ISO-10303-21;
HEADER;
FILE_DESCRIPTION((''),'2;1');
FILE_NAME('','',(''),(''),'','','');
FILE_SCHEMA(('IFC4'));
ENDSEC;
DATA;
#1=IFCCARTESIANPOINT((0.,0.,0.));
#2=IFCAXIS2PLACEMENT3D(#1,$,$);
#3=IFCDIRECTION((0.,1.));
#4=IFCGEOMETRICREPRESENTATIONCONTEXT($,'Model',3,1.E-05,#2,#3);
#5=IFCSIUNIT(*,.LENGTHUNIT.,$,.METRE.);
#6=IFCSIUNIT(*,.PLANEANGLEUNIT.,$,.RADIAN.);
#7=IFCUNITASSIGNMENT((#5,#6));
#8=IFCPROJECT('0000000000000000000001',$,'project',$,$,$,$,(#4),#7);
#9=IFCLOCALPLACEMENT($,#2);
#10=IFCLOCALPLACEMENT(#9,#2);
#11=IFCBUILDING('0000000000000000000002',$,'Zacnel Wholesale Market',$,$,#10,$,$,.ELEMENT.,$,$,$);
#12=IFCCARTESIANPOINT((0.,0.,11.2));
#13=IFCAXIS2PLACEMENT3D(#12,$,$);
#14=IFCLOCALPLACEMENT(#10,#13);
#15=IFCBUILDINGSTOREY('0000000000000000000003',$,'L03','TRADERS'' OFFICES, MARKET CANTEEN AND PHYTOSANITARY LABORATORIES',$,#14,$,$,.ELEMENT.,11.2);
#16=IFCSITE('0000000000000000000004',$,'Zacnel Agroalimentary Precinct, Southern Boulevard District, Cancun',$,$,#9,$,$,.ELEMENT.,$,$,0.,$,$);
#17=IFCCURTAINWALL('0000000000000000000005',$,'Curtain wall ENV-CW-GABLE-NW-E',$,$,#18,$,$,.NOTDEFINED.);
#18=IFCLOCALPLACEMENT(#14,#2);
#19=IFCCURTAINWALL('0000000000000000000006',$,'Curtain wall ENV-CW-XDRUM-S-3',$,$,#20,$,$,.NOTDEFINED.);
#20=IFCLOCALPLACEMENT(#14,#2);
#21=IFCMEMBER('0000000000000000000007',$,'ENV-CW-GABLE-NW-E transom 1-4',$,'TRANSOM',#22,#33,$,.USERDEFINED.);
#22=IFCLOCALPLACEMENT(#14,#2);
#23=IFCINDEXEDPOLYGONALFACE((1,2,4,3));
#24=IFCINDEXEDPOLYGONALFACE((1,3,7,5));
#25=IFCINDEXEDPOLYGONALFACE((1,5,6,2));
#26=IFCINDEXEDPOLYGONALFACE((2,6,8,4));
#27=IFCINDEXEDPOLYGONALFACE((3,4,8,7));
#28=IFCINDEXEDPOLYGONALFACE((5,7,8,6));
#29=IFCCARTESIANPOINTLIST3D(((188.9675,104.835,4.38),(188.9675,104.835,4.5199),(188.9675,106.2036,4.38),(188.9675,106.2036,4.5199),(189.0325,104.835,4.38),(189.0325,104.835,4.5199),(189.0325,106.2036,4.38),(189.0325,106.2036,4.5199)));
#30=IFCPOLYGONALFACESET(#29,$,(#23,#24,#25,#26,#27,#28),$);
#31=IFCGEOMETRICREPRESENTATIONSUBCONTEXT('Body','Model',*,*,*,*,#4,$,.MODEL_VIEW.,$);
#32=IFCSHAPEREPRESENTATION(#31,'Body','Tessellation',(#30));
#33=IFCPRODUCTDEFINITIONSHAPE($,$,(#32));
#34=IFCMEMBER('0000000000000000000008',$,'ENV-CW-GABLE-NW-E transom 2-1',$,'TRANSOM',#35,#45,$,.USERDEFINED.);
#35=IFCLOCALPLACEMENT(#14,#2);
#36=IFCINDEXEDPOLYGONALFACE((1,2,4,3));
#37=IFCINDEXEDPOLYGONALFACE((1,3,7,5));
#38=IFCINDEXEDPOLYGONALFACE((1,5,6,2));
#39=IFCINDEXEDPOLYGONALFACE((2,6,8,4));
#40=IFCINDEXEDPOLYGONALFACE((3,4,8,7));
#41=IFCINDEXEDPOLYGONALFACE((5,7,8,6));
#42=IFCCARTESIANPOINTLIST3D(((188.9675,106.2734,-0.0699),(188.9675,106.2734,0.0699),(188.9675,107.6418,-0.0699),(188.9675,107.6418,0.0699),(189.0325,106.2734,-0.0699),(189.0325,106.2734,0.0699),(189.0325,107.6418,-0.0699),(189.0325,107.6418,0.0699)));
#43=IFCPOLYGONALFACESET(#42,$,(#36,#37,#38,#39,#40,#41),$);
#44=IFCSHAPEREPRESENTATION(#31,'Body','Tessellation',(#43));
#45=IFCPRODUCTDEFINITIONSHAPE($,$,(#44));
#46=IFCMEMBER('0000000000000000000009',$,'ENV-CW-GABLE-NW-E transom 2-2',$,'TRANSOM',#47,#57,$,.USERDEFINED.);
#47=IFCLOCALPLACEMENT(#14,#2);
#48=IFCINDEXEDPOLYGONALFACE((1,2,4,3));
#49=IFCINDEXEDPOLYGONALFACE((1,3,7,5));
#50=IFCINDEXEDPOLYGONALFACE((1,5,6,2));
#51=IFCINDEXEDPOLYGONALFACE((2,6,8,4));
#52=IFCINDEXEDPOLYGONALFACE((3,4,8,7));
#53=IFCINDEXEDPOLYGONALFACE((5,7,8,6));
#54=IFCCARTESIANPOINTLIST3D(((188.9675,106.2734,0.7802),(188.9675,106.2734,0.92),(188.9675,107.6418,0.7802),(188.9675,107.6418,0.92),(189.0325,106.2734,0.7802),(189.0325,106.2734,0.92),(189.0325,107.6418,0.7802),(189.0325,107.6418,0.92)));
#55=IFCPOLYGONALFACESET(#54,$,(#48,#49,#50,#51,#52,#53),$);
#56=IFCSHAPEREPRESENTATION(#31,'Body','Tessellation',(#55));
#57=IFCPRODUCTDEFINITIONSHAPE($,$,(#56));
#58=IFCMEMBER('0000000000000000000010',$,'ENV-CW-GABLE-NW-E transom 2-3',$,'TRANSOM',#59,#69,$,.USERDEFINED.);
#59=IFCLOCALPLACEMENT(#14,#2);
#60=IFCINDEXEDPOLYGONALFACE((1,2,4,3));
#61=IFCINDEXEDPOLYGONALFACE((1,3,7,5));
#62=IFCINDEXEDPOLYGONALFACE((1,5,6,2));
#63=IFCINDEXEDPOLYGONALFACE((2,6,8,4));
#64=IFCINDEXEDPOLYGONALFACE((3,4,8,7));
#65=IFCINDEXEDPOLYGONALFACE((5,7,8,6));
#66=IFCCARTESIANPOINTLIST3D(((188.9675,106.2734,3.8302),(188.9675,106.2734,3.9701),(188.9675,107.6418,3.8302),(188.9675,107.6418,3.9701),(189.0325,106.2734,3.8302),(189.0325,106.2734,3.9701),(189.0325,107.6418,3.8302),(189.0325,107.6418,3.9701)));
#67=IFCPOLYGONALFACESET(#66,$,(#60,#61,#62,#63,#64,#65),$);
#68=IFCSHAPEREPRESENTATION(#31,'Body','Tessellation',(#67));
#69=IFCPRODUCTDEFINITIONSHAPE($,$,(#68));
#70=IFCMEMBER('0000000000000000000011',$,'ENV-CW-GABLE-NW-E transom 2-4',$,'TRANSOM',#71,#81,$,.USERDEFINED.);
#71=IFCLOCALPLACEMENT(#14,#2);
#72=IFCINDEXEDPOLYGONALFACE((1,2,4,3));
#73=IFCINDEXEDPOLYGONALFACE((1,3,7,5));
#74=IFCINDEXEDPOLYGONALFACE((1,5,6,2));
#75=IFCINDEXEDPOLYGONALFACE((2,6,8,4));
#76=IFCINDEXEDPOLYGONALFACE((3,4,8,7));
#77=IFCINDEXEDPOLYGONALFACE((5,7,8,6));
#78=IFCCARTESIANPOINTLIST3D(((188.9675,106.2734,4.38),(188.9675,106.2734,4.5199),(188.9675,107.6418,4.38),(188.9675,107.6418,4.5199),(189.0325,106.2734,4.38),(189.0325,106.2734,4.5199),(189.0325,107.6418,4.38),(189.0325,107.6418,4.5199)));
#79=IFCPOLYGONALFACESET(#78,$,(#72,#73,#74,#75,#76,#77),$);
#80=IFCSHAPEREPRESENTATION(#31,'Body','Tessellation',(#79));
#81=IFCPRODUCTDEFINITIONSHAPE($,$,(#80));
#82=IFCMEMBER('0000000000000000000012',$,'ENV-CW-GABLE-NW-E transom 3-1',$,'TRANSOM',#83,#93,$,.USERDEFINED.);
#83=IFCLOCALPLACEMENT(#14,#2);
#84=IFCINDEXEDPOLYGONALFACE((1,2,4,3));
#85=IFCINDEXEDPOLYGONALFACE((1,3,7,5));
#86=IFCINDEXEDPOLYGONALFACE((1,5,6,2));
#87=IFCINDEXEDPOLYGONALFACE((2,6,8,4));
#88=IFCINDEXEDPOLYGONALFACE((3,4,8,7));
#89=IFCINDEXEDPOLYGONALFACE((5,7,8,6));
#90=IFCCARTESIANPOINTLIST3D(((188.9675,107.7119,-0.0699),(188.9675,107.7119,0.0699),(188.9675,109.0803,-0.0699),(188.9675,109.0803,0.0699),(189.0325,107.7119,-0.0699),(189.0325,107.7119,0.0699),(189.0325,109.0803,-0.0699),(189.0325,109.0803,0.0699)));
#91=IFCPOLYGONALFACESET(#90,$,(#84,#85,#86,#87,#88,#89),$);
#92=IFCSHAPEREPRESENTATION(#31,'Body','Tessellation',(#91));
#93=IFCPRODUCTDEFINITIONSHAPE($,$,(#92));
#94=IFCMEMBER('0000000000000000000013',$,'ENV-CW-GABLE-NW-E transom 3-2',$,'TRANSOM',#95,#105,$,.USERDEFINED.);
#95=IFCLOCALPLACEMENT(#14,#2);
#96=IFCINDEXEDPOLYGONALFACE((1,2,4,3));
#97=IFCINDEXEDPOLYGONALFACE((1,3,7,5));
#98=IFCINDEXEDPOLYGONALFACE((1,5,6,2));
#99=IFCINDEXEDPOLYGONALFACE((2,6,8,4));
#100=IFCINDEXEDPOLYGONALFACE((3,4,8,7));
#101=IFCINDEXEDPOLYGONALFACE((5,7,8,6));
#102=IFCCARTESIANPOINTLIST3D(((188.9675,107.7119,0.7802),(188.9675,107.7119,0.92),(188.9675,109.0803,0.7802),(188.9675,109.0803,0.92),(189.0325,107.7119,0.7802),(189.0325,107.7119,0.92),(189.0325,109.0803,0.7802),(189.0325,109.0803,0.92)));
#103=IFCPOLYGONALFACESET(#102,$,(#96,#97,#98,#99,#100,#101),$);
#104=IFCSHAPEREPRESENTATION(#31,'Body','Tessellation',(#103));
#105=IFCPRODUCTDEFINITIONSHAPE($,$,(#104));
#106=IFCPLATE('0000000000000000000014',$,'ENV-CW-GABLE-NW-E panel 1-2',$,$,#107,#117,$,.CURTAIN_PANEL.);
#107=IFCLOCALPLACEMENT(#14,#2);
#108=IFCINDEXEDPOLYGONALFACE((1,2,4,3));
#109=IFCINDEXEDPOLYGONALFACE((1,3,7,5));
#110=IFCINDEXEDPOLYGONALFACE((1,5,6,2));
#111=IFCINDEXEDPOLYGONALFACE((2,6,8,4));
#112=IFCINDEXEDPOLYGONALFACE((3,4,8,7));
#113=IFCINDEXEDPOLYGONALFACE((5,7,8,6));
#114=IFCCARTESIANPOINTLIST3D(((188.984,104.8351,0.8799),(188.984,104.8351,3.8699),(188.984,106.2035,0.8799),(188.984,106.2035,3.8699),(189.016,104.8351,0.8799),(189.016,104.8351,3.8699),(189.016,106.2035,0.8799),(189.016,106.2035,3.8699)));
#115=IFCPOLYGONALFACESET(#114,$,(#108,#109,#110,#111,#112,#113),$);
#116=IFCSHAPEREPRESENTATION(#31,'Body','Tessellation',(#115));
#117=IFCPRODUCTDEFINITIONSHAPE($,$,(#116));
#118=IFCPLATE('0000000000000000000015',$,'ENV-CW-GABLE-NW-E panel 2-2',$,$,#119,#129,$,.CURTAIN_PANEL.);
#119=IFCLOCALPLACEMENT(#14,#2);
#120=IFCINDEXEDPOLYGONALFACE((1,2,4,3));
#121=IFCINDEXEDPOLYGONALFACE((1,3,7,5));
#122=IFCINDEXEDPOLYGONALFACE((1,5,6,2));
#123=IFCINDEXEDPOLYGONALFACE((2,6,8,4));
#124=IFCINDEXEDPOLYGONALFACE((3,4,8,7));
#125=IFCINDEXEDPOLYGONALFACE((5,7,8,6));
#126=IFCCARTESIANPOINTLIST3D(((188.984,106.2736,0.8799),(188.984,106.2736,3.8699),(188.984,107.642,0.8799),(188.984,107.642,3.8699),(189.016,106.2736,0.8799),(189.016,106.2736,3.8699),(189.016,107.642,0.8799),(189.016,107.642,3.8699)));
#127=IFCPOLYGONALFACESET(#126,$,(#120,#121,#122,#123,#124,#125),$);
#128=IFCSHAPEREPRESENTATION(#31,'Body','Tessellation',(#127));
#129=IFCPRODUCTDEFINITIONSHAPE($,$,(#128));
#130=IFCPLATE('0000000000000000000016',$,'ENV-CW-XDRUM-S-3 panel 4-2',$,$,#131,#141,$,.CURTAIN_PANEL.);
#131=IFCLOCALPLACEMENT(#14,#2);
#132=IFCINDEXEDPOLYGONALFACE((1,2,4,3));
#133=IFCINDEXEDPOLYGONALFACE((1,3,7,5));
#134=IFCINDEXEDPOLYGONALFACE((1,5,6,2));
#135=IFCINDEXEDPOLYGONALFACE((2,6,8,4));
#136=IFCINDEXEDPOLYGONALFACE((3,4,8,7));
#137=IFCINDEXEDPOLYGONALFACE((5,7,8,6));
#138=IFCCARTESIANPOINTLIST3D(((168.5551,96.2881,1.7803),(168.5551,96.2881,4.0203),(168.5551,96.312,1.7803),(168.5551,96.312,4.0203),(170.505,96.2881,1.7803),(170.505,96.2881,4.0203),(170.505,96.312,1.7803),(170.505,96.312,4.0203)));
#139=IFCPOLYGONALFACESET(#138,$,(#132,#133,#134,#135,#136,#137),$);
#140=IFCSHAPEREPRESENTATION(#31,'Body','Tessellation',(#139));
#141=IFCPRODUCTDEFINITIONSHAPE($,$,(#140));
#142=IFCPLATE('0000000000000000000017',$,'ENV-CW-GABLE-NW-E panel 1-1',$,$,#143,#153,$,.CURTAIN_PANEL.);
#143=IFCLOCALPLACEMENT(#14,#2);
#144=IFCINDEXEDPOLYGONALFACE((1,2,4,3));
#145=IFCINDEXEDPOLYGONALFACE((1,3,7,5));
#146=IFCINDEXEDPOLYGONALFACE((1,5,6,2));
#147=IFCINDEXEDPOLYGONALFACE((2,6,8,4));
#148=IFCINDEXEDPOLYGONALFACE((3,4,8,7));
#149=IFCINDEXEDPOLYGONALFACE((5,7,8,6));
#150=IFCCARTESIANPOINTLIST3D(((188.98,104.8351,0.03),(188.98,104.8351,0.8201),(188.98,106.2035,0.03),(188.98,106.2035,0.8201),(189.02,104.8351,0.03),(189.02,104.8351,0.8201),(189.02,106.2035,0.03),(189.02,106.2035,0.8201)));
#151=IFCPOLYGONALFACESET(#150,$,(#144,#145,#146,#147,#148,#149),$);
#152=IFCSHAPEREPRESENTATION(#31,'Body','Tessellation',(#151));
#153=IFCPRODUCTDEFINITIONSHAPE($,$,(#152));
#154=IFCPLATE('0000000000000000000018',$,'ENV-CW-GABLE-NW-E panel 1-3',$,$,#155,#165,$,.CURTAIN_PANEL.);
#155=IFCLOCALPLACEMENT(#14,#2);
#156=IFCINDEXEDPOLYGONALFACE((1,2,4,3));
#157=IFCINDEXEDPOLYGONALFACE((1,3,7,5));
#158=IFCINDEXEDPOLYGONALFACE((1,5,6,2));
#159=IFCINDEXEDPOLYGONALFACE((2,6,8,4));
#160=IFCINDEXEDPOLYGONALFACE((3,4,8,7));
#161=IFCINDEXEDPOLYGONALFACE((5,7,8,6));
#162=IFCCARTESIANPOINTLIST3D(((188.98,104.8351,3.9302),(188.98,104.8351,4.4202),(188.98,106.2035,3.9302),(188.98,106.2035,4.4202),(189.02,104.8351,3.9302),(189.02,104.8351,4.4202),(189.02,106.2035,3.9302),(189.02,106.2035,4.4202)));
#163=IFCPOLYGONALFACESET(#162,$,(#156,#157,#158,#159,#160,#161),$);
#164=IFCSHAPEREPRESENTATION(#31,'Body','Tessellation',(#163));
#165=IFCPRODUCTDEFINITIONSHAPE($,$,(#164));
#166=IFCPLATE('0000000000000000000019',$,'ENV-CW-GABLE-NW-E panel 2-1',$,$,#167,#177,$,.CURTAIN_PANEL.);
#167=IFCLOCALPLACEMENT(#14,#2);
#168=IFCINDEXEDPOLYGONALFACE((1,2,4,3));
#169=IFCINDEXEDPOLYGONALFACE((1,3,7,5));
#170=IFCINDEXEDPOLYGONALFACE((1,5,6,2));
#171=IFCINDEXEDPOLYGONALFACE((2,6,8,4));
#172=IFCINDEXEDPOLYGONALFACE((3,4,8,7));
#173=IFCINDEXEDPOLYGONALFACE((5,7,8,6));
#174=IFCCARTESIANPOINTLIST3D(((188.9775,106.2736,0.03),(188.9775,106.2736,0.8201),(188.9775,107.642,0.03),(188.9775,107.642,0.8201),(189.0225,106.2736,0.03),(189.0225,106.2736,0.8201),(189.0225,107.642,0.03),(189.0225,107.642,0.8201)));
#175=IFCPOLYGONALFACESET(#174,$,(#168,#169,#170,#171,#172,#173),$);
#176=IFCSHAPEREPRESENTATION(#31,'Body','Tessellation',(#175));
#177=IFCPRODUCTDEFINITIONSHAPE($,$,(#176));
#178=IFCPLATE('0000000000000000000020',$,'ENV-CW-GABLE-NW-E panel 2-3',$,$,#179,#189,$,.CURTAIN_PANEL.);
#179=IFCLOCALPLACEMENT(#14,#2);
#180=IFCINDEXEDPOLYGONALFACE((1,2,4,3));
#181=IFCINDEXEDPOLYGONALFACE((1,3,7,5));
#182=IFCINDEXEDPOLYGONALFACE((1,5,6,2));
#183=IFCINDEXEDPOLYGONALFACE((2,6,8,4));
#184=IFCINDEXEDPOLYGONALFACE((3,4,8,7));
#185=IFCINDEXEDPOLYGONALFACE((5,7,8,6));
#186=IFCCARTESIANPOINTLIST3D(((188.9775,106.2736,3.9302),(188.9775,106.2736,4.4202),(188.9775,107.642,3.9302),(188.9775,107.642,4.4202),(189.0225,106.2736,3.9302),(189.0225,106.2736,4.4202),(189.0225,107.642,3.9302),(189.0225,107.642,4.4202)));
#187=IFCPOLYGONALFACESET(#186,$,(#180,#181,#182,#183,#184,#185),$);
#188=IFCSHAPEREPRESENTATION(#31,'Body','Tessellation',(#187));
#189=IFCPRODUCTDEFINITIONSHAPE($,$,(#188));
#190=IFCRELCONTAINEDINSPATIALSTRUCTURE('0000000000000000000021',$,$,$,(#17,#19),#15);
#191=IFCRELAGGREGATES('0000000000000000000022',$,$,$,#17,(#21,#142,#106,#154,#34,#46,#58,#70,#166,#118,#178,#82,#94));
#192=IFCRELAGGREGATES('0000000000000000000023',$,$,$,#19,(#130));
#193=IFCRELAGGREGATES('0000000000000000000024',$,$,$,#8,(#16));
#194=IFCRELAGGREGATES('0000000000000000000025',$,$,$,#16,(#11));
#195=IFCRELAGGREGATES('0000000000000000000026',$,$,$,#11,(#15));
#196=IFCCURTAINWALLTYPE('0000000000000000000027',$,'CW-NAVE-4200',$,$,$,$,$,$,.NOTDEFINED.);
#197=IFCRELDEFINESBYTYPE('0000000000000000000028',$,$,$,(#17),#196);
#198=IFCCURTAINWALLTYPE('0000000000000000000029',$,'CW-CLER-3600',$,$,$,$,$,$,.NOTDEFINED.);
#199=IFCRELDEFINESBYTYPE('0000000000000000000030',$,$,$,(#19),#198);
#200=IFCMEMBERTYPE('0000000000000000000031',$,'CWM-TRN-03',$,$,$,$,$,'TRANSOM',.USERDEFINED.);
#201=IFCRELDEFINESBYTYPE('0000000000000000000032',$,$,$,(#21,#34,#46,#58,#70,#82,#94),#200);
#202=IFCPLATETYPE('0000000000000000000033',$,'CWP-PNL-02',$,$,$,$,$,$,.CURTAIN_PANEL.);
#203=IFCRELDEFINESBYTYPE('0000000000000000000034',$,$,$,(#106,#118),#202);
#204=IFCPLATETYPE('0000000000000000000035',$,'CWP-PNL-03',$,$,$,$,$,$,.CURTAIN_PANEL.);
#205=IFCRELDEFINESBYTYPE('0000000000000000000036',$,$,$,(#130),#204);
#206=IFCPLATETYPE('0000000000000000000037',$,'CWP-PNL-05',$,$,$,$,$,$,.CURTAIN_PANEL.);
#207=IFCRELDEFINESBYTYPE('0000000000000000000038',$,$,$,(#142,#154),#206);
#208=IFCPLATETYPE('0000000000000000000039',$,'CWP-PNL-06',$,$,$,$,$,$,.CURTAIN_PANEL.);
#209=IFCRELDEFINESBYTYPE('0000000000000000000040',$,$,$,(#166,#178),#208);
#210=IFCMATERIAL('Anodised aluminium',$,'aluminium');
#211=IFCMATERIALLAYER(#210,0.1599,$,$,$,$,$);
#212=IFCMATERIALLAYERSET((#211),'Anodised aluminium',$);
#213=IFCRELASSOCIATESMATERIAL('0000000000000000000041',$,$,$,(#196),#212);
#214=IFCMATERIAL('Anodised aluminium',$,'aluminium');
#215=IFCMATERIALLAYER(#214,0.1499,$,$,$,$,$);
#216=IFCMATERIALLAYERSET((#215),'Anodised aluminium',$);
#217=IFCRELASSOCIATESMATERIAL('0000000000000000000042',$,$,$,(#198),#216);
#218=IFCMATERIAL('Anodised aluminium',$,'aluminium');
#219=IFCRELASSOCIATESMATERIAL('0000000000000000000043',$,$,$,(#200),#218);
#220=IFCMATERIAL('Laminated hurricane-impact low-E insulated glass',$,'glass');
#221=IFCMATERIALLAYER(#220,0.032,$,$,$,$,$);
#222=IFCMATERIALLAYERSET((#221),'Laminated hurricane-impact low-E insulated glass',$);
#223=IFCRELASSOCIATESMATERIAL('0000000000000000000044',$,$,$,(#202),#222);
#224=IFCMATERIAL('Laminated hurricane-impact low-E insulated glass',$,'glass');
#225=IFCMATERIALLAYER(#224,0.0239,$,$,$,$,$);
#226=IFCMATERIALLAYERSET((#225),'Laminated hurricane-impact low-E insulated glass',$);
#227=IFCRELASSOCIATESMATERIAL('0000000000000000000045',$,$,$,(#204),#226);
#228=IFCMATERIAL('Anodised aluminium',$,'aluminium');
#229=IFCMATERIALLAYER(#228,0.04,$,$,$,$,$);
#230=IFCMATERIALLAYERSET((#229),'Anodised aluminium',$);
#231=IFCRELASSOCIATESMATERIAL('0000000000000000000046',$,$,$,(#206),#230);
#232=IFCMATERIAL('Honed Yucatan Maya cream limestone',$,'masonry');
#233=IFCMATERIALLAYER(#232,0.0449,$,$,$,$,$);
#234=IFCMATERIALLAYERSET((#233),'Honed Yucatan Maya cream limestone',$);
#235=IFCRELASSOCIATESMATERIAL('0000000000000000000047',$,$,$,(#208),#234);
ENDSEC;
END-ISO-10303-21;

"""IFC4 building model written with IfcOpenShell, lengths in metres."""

from ifc_helpers import new_model, si_unit, direction, frame, origin, origin_2d, place, context, subcontext, project, spatial, rectangle, extrude, material, layer, layer_set, material_profile, profile_set, type_object, element, aggregate, save


model = new_model("IFC4")

# Units and contexts
model_context = context("Model", 3, precision=1e-05, world=origin(), true_north=direction((0.0, 1.0)))
body_context = subcontext(model_context, "Body", "Model", "MODEL_VIEW")
ifc_project = project(units=[si_unit("LENGTHUNIT", "METRE"), si_unit("PLANEANGLEUNIT", "RADIAN")], contexts=[model_context])

# Site, building, storey
site_placement = place(None, origin())
site = spatial("IfcSite", under=ifc_project, at=site_placement, Name="Zacnel Agroalimentary Precinct, Southern Boulevard District, Cancun", CompositionType="ELEMENT", RefElevation=0.0)
building_placement = place(site_placement, origin())
building = spatial("IfcBuilding", under=site, at=building_placement, Name="Zacnel Wholesale Market", CompositionType="ELEMENT")
storey_placement = place(building_placement, frame((0.0, 0.0, 11.2)))
storey = spatial("IfcBuildingStorey", under=building, at=storey_placement, Name="L03", Description="TRADERS' OFFICES, MARKET CANTEEN AND PHYTOSANITARY LABORATORIES", CompositionType="ELEMENT", Elevation=11.2)

# Curtain wall
ifc_material_1 = material(Name="Anodised aluminium", Category="aluminium")
ifc_layer_1 = layer(ifc_material_1, 0.1599)
ifc_layer_set_1 = layer_set([ifc_layer_1], Name="Anodised aluminium")
curtain_wall_type_1 = type_object("IfcCurtainWallType", Name="CW-NAVE-4200", PredefinedType="NOTDEFINED", material=ifc_layer_set_1)
curtain_wall_1_placement = place(storey_placement, origin())
curtain_wall_1 = element("IfcCurtainWall", 1, at=curtain_wall_1_placement, inside=storey, type_object=curtain_wall_type_1, Name="Curtain wall ENV-CW-GABLE-NW-E", PredefinedType="NOTDEFINED")

# Curtain wall
ifc_material_2 = material(Name="Anodised aluminium", Category="aluminium")
ifc_layer_2 = layer(ifc_material_2, 0.1499)
ifc_layer_set_2 = layer_set([ifc_layer_2], Name="Anodised aluminium")
curtain_wall_type_2 = type_object("IfcCurtainWallType", Name="CW-CLER-3600", PredefinedType="NOTDEFINED", material=ifc_layer_set_2)
curtain_wall_2_placement = place(storey_placement, origin())
curtain_wall_2 = element("IfcCurtainWall", 2, at=curtain_wall_2_placement, inside=storey, type_object=curtain_wall_type_2, Name="Curtain wall ENV-CW-XDRUM-S-3", PredefinedType="NOTDEFINED")

# Members
ifc_material_3 = material(Name="Anodised aluminium", Category="aluminium")
ifc_material_profile_1 = material_profile(ifc_material_3, rectangle(XDim=0.0649, YDim=0.1399, at=origin_2d()), Name="AW-TRANSOM 65x140")
ifc_profile_set_1 = profile_set([ifc_material_profile_1], Name="Anodised aluminium")
member_type_1 = type_object("IfcMemberType", Name="CWM-TRN-03", ElementType="TRANSOM", PredefinedType="USERDEFINED", material=ifc_profile_set_1)
member_1_placement = place(storey_placement, frame((189.0, 104.835, 4.45), z_axis=(0.0, 1.0, 0.0), x_axis=(-1.0, 0.0, 0.0)))
member_1 = element("IfcMember", 3, at=member_1_placement, type_object=member_type_1, Name="ENV-CW-GABLE-NW-E transom 1-4", ObjectType="TRANSOM", PredefinedType="USERDEFINED", context=body_context, shape_type="SweptSolid", body=[
    extrude(rectangle(XDim=0.0649, YDim=0.1399, at=origin_2d()), origin(), (0.0, 0.0, 1.0), 1.3687),
])
member_2_placement = place(storey_placement, frame((189.0, 106.2734, 0.0), z_axis=(0.0, 1.0, 0.0), x_axis=(-1.0, 0.0, 0.0)))
member_2 = element("IfcMember", 4, at=member_2_placement, type_object=member_type_1, Name="ENV-CW-GABLE-NW-E transom 2-1", ObjectType="TRANSOM", PredefinedType="USERDEFINED", context=body_context, shape_type="SweptSolid", body=[
    extrude(rectangle(XDim=0.0649, YDim=0.1399, at=origin_2d()), origin(), (0.0, 0.0, 1.0), 1.3684),
])
member_3_placement = place(storey_placement, frame((189.0, 106.2734, 0.8501), z_axis=(0.0, 1.0, 0.0), x_axis=(-1.0, 0.0, 0.0)))
member_3 = element("IfcMember", 5, at=member_3_placement, type_object=member_type_1, Name="ENV-CW-GABLE-NW-E transom 2-2", ObjectType="TRANSOM", PredefinedType="USERDEFINED", context=body_context, shape_type="SweptSolid", body=[
    extrude(rectangle(XDim=0.0649, YDim=0.1399, at=origin_2d()), origin(), (0.0, 0.0, 1.0), 1.3684),
])
member_4_placement = place(storey_placement, frame((189.0, 106.2734, 3.9001), z_axis=(0.0, 1.0, 0.0), x_axis=(-1.0, 0.0, 0.0)))
member_4 = element("IfcMember", 6, at=member_4_placement, type_object=member_type_1, Name="ENV-CW-GABLE-NW-E transom 2-3", ObjectType="TRANSOM", PredefinedType="USERDEFINED", context=body_context, shape_type="SweptSolid", body=[
    extrude(rectangle(XDim=0.0649, YDim=0.1399, at=origin_2d()), origin(), (0.0, 0.0, 1.0), 1.3684),
])
member_5_placement = place(storey_placement, frame((189.0, 106.2734, 4.45), z_axis=(0.0, 1.0, 0.0), x_axis=(-1.0, 0.0, 0.0)))
member_5 = element("IfcMember", 7, at=member_5_placement, type_object=member_type_1, Name="ENV-CW-GABLE-NW-E transom 2-4", ObjectType="TRANSOM", PredefinedType="USERDEFINED", context=body_context, shape_type="SweptSolid", body=[
    extrude(rectangle(XDim=0.0649, YDim=0.1399, at=origin_2d()), origin(), (0.0, 0.0, 1.0), 1.3684),
])
member_6_placement = place(storey_placement, frame((189.0, 107.7119, 0.0), z_axis=(0.0, 1.0, 0.0), x_axis=(-1.0, 0.0, 0.0)))
member_6 = element("IfcMember", 8, at=member_6_placement, type_object=member_type_1, Name="ENV-CW-GABLE-NW-E transom 3-1", ObjectType="TRANSOM", PredefinedType="USERDEFINED", context=body_context, shape_type="SweptSolid", body=[
    extrude(rectangle(XDim=0.0649, YDim=0.1399, at=origin_2d()), origin(), (0.0, 0.0, 1.0), 1.3684),
])
member_7_placement = place(storey_placement, frame((189.0, 107.7119, 0.8501), z_axis=(0.0, 1.0, 0.0), x_axis=(-1.0, 0.0, 0.0)))
member_7 = element("IfcMember", 9, at=member_7_placement, type_object=member_type_1, Name="ENV-CW-GABLE-NW-E transom 3-2", ObjectType="TRANSOM", PredefinedType="USERDEFINED", context=body_context, shape_type="SweptSolid", body=[
    extrude(rectangle(XDim=0.0649, YDim=0.1399, at=origin_2d()), origin(), (0.0, 0.0, 1.0), 1.3684),
])

# Plates
ifc_material_4 = material(Name="Laminated hurricane-impact low-E insulated glass", Category="glass")
ifc_layer_3 = layer(ifc_material_4, 0.032)
ifc_layer_set_3 = layer_set([ifc_layer_3], Name="Laminated hurricane-impact low-E insulated glass")
plate_type_1 = type_object("IfcPlateType", Name="CWP-PNL-02", PredefinedType="CURTAIN_PANEL", material=ifc_layer_set_3)
plate_1_placement = place(storey_placement, frame((189.0, 105.5193, 0.8799), z_axis=(0.0, 0.0, 1.0), x_axis=(0.0, 1.0, 0.0)))
plate_1 = element("IfcPlate", 10, at=plate_1_placement, type_object=plate_type_1, Name="ENV-CW-GABLE-NW-E panel 1-2", PredefinedType="CURTAIN_PANEL", context=body_context, shape_type="SweptSolid", body=[
    extrude(rectangle(XDim=1.3684, YDim=0.032, at=origin_2d()), origin(), (0.0, 0.0, 1.0), 2.99),
])
plate_2_placement = place(storey_placement, frame((189.0, 106.9578, 0.8799), z_axis=(0.0, 0.0, 1.0), x_axis=(0.0, 1.0, 0.0)))
plate_2 = element("IfcPlate", 11, at=plate_2_placement, type_object=plate_type_1, Name="ENV-CW-GABLE-NW-E panel 2-2", PredefinedType="CURTAIN_PANEL", context=body_context, shape_type="SweptSolid", body=[
    extrude(rectangle(XDim=1.3684, YDim=0.032, at=origin_2d()), origin(), (0.0, 0.0, 1.0), 2.99),
])
ifc_material_5 = material(Name="Laminated hurricane-impact low-E insulated glass", Category="glass")
ifc_layer_4 = layer(ifc_material_5, 0.0239)
ifc_layer_set_4 = layer_set([ifc_layer_4], Name="Laminated hurricane-impact low-E insulated glass")
plate_type_2 = type_object("IfcPlateType", Name="CWP-PNL-03", PredefinedType="CURTAIN_PANEL", material=ifc_layer_set_4)
plate_3_placement = place(storey_placement, frame((169.53, 96.3, 1.7803), z_axis=(0.0, 0.0, 1.0), x_axis=(1.0, 0.0, 0.0)))
plate_3 = element("IfcPlate", 12, at=plate_3_placement, type_object=plate_type_2, Name="ENV-CW-XDRUM-S-3 panel 4-2", PredefinedType="CURTAIN_PANEL", context=body_context, shape_type="SweptSolid", body=[
    extrude(rectangle(XDim=1.95, YDim=0.0239, at=origin_2d()), origin(), (0.0, 0.0, 1.0), 2.24),
])
ifc_material_6 = material(Name="Anodised aluminium", Category="aluminium")
ifc_layer_5 = layer(ifc_material_6, 0.04)
ifc_layer_set_5 = layer_set([ifc_layer_5], Name="Anodised aluminium")
plate_type_3 = type_object("IfcPlateType", Name="CWP-PNL-05", PredefinedType="CURTAIN_PANEL", material=ifc_layer_set_5)
plate_4_placement = place(storey_placement, frame((189.0, 105.5193, 0.03), z_axis=(0.0, 0.0, 1.0), x_axis=(0.0, 1.0, 0.0)))
plate_4 = element("IfcPlate", 13, at=plate_4_placement, type_object=plate_type_3, Name="ENV-CW-GABLE-NW-E panel 1-1", PredefinedType="CURTAIN_PANEL", context=body_context, shape_type="SweptSolid", body=[
    extrude(rectangle(XDim=1.3684, YDim=0.04, at=origin_2d()), origin(), (0.0, 0.0, 1.0), 0.79),
])
plate_5_placement = place(storey_placement, frame((189.0, 105.5193, 3.9302), z_axis=(0.0, 0.0, 1.0), x_axis=(0.0, 1.0, 0.0)))
plate_5 = element("IfcPlate", 14, at=plate_5_placement, type_object=plate_type_3, Name="ENV-CW-GABLE-NW-E panel 1-3", PredefinedType="CURTAIN_PANEL", context=body_context, shape_type="SweptSolid", body=[
    extrude(rectangle(XDim=1.3684, YDim=0.04, at=origin_2d()), origin(), (0.0, 0.0, 1.0), 0.49),
])
ifc_material_7 = material(Name="Honed Yucatan Maya cream limestone", Category="masonry")
ifc_layer_6 = layer(ifc_material_7, 0.0449)
ifc_layer_set_6 = layer_set([ifc_layer_6], Name="Honed Yucatan Maya cream limestone")
plate_type_4 = type_object("IfcPlateType", Name="CWP-PNL-06", PredefinedType="CURTAIN_PANEL", material=ifc_layer_set_6)
plate_6_placement = place(storey_placement, frame((189.0, 106.9578, 0.03), z_axis=(0.0, 0.0, 1.0), x_axis=(0.0, 1.0, 0.0)))
plate_6 = element("IfcPlate", 15, at=plate_6_placement, type_object=plate_type_4, Name="ENV-CW-GABLE-NW-E panel 2-1", PredefinedType="CURTAIN_PANEL", context=body_context, shape_type="SweptSolid", body=[
    extrude(rectangle(XDim=1.3684, YDim=0.0449, at=origin_2d()), origin(), (0.0, 0.0, 1.0), 0.79),
])
plate_7_placement = place(storey_placement, frame((189.0, 106.9578, 3.9302), z_axis=(0.0, 0.0, 1.0), x_axis=(0.0, 1.0, 0.0)))
plate_7 = element("IfcPlate", 16, at=plate_7_placement, type_object=plate_type_4, Name="ENV-CW-GABLE-NW-E panel 2-3", PredefinedType="CURTAIN_PANEL", context=body_context, shape_type="SweptSolid", body=[
    extrude(rectangle(XDim=1.3684, YDim=0.0449, at=origin_2d()), origin(), (0.0, 0.0, 1.0), 0.49),
])
aggregate(curtain_wall_1, [member_1, plate_4, plate_1, plate_5, member_2, member_3, member_4, member_5, plate_6, plate_2, plate_7, member_6, member_7])
aggregate(curtain_wall_2, [plate_3])

save(model, "model.ifc")
